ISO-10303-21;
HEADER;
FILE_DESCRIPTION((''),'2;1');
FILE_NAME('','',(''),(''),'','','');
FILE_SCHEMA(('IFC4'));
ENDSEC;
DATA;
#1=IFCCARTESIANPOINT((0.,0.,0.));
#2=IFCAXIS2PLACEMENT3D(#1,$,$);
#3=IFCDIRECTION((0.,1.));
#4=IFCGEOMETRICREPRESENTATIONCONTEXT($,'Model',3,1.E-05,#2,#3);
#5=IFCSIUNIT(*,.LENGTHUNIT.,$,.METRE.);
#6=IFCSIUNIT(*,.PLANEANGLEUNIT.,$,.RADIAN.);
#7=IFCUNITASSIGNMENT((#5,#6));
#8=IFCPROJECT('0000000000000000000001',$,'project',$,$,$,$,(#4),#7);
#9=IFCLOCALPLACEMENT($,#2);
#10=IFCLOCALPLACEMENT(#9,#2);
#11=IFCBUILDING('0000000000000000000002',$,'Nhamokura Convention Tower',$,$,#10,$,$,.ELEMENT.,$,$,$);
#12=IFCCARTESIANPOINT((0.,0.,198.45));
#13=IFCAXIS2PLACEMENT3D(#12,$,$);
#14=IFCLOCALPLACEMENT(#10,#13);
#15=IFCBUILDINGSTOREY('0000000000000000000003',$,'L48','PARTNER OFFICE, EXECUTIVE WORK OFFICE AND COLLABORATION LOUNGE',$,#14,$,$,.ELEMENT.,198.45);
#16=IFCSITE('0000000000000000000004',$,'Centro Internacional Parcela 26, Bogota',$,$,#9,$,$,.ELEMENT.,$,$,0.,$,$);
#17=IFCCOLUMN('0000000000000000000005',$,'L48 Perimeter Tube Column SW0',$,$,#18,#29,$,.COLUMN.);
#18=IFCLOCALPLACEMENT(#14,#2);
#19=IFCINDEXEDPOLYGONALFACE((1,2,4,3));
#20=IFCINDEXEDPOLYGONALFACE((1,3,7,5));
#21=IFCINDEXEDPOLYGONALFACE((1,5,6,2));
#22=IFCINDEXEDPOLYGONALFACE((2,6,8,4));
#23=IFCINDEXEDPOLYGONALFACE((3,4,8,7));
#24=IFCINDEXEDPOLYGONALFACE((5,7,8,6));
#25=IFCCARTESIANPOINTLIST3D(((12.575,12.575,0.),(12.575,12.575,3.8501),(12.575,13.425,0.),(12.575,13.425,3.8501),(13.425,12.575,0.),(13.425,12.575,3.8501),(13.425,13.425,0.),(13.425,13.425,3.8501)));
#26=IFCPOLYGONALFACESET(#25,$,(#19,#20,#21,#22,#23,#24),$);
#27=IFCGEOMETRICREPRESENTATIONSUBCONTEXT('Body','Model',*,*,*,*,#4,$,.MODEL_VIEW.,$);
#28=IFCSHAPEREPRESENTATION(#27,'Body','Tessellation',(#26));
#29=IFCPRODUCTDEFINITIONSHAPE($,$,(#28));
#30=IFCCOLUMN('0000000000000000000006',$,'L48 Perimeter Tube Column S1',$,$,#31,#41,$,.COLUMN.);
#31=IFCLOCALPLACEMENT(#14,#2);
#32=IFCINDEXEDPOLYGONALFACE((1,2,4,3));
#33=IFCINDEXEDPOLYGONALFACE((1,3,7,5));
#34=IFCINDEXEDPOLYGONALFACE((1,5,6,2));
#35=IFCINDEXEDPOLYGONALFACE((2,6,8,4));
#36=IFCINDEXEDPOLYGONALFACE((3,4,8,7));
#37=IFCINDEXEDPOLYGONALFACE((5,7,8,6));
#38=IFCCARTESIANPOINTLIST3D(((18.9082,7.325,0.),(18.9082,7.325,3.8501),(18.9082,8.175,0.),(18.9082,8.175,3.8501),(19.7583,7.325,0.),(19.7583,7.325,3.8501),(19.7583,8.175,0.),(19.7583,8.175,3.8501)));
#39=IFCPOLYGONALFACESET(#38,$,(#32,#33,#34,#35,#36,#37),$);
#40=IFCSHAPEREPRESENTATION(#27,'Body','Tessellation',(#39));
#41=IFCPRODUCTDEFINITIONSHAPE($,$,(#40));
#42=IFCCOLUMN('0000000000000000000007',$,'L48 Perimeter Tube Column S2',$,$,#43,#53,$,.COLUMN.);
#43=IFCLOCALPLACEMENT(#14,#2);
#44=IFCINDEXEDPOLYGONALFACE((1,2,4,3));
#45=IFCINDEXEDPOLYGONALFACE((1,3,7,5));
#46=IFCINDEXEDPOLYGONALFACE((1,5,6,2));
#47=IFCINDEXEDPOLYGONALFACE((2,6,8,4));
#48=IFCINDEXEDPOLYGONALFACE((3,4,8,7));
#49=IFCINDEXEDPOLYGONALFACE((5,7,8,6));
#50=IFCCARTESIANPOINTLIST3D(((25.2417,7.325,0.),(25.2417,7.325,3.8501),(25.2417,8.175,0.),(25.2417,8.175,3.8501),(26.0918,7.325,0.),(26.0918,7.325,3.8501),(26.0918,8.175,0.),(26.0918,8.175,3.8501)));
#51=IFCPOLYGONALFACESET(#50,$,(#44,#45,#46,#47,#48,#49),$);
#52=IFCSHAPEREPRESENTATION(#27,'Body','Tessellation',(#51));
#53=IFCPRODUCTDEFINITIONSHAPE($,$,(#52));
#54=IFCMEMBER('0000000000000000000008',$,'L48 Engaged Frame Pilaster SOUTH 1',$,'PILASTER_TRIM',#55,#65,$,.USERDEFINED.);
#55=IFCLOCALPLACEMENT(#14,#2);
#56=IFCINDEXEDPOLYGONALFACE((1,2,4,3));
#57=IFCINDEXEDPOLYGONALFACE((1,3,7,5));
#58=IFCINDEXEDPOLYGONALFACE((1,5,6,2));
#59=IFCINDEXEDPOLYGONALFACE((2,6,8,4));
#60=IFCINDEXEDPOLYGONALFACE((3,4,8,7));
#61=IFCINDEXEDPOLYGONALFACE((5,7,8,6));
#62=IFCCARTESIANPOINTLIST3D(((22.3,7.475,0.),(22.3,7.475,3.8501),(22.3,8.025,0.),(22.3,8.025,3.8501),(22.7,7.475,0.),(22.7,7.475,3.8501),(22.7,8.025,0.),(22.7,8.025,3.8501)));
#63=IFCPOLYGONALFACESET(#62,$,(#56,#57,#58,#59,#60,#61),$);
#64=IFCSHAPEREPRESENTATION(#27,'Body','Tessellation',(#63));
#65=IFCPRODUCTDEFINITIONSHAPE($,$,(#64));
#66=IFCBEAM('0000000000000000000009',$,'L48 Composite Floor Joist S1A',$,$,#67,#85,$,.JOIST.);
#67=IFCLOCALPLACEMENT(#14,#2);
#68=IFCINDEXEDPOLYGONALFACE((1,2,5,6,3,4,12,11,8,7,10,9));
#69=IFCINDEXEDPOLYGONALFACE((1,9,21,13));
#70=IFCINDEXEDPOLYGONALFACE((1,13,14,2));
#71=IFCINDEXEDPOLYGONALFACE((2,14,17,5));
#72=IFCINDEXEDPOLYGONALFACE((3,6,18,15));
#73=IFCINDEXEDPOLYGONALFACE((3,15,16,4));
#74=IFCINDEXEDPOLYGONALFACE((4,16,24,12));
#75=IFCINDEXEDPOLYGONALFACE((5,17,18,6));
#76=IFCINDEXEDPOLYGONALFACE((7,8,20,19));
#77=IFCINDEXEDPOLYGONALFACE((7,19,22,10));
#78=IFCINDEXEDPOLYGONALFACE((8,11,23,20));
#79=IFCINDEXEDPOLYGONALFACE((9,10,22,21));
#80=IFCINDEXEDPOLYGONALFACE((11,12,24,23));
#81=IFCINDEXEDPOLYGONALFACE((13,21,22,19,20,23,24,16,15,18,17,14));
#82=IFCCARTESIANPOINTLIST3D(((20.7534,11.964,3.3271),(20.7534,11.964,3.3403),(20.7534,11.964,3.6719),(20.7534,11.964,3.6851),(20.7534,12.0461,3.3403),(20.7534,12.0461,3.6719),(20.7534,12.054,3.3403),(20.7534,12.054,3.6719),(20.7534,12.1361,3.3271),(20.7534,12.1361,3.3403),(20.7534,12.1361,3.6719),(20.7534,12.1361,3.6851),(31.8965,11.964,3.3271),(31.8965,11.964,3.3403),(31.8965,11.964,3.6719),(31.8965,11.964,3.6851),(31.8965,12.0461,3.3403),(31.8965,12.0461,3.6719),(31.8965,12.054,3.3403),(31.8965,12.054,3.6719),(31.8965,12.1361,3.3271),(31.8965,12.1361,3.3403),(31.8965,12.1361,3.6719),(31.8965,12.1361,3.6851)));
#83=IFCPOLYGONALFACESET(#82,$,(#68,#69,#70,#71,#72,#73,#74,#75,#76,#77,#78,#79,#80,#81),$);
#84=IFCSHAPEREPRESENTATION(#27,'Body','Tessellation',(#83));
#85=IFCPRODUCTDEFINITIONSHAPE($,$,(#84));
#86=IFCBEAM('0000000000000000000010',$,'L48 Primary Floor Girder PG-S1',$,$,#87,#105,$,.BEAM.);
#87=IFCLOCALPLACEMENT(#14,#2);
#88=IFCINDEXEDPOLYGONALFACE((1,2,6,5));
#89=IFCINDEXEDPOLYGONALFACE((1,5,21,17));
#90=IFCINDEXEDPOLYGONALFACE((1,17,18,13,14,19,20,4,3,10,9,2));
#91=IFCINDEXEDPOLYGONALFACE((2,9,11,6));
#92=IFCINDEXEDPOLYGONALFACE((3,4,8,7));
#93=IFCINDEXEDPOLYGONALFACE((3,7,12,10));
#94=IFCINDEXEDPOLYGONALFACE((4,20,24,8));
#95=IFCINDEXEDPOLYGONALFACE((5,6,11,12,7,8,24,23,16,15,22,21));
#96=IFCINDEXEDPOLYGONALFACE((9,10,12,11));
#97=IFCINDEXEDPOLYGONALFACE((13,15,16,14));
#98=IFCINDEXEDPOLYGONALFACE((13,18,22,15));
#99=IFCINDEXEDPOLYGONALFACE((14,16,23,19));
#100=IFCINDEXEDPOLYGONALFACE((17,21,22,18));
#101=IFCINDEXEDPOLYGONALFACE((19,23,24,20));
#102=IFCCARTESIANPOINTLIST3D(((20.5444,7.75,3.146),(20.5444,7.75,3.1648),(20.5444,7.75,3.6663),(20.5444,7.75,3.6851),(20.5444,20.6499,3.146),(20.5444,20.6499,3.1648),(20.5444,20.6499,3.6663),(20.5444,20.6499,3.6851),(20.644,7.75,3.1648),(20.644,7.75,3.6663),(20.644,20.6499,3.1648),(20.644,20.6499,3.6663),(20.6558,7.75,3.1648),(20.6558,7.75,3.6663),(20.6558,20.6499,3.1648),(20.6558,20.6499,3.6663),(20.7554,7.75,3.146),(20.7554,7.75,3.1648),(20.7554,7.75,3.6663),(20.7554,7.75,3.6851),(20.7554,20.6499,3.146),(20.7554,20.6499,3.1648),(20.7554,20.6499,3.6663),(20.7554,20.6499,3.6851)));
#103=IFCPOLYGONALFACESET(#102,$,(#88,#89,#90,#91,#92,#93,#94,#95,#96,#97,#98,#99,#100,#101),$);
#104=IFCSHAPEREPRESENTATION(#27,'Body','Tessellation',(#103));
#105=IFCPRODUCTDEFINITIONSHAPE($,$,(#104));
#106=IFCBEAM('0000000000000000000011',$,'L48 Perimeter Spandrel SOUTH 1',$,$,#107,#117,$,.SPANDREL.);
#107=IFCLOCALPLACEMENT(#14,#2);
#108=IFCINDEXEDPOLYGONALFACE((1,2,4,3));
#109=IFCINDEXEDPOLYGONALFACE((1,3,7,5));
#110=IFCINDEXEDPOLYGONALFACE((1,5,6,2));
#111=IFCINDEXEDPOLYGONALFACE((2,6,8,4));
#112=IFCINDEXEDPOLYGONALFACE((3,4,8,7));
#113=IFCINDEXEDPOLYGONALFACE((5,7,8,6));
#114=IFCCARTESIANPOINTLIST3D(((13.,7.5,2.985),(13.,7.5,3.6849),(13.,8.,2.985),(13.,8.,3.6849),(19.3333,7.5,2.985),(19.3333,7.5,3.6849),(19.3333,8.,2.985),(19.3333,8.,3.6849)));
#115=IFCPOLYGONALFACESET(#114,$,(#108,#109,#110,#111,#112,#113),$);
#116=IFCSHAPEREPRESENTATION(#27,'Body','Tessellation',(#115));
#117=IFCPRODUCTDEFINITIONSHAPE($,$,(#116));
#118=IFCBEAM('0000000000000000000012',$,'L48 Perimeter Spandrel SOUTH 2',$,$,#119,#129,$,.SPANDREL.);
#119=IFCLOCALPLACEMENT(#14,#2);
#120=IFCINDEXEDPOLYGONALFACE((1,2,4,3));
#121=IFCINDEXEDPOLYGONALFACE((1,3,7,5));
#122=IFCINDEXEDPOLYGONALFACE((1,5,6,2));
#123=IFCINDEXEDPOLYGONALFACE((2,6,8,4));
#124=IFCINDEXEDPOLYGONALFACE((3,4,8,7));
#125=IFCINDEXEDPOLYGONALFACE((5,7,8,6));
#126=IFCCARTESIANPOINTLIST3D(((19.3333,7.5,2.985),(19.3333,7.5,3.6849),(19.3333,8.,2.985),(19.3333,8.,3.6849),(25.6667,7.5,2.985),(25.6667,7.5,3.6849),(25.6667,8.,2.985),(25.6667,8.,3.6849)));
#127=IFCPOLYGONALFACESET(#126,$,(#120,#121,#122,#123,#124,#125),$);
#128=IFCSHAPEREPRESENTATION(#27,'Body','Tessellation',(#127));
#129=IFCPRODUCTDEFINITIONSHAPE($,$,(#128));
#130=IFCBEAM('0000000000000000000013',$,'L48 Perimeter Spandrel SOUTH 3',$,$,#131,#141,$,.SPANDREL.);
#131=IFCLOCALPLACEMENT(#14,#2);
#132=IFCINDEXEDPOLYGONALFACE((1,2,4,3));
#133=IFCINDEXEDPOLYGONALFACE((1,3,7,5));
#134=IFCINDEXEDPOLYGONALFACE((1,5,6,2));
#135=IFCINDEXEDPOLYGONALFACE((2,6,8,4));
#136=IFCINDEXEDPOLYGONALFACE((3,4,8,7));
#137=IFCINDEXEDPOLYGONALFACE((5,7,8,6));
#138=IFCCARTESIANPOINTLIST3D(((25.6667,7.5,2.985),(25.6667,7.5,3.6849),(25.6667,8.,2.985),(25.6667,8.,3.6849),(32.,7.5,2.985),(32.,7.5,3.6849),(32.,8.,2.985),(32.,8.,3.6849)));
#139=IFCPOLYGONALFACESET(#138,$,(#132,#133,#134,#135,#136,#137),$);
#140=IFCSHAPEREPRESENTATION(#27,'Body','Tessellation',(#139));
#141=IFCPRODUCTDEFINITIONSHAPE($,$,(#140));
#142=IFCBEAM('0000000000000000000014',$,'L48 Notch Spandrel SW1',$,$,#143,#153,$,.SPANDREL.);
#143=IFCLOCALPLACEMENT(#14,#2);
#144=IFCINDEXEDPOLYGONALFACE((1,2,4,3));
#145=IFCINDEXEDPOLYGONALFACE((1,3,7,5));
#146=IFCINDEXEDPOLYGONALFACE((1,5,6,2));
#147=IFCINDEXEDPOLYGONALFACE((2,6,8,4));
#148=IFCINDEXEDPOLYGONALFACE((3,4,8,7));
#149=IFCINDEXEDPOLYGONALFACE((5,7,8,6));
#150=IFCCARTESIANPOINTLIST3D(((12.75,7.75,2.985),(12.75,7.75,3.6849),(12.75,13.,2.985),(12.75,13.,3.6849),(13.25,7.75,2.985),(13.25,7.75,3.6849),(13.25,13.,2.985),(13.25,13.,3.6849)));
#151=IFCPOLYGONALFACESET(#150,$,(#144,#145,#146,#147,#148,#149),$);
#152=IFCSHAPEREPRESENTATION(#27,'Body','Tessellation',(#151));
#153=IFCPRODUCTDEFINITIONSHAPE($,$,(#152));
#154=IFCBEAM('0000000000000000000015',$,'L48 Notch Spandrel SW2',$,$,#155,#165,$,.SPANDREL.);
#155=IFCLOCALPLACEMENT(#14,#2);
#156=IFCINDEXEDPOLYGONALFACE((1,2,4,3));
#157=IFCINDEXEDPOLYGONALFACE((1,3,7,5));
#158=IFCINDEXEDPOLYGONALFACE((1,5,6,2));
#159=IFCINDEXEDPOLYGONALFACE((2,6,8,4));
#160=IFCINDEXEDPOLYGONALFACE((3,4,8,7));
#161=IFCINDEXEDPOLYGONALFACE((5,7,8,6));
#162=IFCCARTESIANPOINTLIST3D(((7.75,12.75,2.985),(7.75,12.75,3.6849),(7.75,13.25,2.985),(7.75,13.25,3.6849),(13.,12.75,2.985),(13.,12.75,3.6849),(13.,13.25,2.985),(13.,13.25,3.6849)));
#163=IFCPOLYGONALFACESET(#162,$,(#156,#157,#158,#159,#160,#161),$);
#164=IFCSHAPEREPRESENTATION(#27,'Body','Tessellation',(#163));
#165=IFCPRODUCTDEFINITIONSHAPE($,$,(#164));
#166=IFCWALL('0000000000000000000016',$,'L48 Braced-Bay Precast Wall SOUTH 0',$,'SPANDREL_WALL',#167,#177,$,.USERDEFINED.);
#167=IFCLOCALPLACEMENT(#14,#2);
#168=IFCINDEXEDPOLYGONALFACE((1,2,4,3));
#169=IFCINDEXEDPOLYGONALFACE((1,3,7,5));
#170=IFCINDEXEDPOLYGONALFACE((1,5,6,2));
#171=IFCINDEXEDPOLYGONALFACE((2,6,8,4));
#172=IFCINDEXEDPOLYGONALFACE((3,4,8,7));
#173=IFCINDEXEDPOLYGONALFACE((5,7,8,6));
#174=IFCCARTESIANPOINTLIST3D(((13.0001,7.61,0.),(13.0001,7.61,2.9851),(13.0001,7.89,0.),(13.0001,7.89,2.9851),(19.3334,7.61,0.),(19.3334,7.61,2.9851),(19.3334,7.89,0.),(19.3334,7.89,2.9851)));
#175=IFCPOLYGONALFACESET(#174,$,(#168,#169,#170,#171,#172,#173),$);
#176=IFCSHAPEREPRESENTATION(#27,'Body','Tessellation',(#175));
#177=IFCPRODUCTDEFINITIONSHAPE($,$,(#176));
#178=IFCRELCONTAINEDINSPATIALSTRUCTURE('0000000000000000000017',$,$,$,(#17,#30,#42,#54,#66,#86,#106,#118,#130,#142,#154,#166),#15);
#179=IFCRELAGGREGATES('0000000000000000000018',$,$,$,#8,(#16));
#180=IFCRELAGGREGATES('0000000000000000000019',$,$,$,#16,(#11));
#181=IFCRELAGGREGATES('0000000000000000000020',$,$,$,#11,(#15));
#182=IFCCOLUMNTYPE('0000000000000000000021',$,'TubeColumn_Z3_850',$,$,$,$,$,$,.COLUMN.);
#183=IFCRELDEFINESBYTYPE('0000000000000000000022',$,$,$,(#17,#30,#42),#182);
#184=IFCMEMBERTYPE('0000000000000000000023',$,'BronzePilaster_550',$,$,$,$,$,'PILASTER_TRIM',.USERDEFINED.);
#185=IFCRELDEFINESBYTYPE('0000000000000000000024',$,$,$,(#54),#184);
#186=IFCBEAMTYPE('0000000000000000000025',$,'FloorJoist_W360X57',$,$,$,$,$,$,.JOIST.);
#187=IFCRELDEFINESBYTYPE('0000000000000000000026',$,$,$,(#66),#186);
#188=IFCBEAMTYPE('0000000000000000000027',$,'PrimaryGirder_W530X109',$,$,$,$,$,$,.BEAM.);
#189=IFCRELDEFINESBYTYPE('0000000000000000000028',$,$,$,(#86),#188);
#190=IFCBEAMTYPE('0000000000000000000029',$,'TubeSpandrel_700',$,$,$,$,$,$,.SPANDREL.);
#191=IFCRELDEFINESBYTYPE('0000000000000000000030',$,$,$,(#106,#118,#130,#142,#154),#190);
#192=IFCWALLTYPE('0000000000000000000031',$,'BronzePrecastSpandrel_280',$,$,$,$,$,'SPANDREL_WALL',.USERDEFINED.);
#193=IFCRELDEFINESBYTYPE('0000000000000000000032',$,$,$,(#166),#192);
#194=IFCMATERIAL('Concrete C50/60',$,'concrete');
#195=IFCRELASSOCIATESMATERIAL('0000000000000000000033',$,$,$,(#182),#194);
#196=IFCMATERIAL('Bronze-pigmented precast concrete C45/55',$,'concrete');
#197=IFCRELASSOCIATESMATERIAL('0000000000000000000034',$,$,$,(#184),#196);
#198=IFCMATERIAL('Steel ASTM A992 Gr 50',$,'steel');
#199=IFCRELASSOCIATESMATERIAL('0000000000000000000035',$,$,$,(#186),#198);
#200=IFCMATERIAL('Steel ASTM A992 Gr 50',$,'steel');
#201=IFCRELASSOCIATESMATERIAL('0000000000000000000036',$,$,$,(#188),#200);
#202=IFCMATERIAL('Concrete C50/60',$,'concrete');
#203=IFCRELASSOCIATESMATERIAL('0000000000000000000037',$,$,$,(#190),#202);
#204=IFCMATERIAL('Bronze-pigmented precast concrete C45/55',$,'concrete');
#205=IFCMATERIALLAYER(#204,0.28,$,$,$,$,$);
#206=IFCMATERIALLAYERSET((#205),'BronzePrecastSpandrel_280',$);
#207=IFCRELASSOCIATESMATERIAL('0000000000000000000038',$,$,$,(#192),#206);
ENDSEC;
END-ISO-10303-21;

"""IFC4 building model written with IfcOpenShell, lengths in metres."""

from ifc_helpers import new_model, si_unit, direction, frame, frame_2d, origin, origin_2d, place, context, subcontext, project, spatial, rectangle, i_section, extrude, material, layer, layer_set, material_profile, profile_set, type_object, element, save


model = new_model("IFC4")

# Units and contexts
model_context = context("Model", 3, precision=1e-05, world=origin(), true_north=direction((0.0, 1.0)))
body_context = subcontext(model_context, "Body", "Model", "MODEL_VIEW")
ifc_project = project(units=[si_unit("LENGTHUNIT", "METRE"), si_unit("PLANEANGLEUNIT", "RADIAN")], contexts=[model_context])

# Site, building, storey
site_placement = place(None, origin())
site = spatial("IfcSite", under=ifc_project, at=site_placement, Name="Centro Internacional Parcela 26, Bogota", CompositionType="ELEMENT", RefElevation=0.0)
building_placement = place(site_placement, origin())
building = spatial("IfcBuilding", under=site, at=building_placement, Name="Nhamokura Convention Tower", CompositionType="ELEMENT")
storey_placement = place(building_placement, frame((0.0, 0.0, 198.45)))
storey = spatial("IfcBuildingStorey", under=building, at=storey_placement, Name="L48", Description="PARTNER OFFICE, EXECUTIVE WORK OFFICE AND COLLABORATION LOUNGE", CompositionType="ELEMENT", Elevation=198.45)

# Columns
ifc_material_1 = material(Name="Concrete C50/60", Category="concrete")
ifc_material_profile_1 = material_profile(ifc_material_1, rectangle(XDim=0.8501, YDim=0.8501, at=origin_2d()))
ifc_profile_set_1 = profile_set([ifc_material_profile_1], Name="Concrete C50/60")
column_type = type_object("IfcColumnType", Name="TubeColumn_Z3_850", PredefinedType="COLUMN", material=ifc_profile_set_1)
for number, where, z_axis, x_axis, name in (
    (1, (13.0, 13.0, 0.0), (0.0, 0.0, 1.0), (1.0, 0.0, 0.0), "L48 Perimeter Tube Column SW0"),
    (2, (19.3333, 7.75, 0.0), (0.0, 0.0, 1.0), (1.0, 0.0, 0.0), "L48 Perimeter Tube Column S1"),
    (3, (25.6667, 7.75, 0.0), (0.0, 0.0, 1.0), (1.0, 0.0, 0.0), "L48 Perimeter Tube Column S2"),
):
    element("IfcColumn", number, at=place(storey_placement, frame(where, z_axis=z_axis, x_axis=x_axis)), inside=storey, type_object=column_type, Name=name, PredefinedType="COLUMN", context=body_context, shape_type="SweptSolid", body=[
        extrude(rectangle(XDim=0.8501, YDim=0.8501, at=origin_2d()), origin(), (0.0, 0.0, 1.0), 3.8501),
    ])

# Member
ifc_material_2 = material(Name="Bronze-pigmented precast concrete C45/55", Category="concrete")
ifc_material_profile_2 = material_profile(ifc_material_2, rectangle(XDim=0.3999, YDim=0.55, at=origin_2d()))
ifc_profile_set_2 = profile_set([ifc_material_profile_2], Name="Bronze-pigmented precast concrete C45/55")
member_type = type_object("IfcMemberType", Name="BronzePilaster_550", ElementType="PILASTER_TRIM", PredefinedType="USERDEFINED", material=ifc_profile_set_2)
member_placement = place(storey_placement, frame((22.5, 7.75, 0.0), z_axis=(0.0, 0.0, 1.0), x_axis=(1.0, 0.0, 0.0)))
element("IfcMember", 4, at=member_placement, inside=storey, type_object=member_type, Name="L48 Engaged Frame Pilaster SOUTH 1", ObjectType="PILASTER_TRIM", PredefinedType="USERDEFINED", context=body_context, shape_type="SweptSolid", body=[
    extrude(rectangle(XDim=0.3999, YDim=0.55, at=origin_2d()), origin(), (0.0, 0.0, 1.0), 3.8501),
])

# Beams
ifc_material_3 = material(Name="Steel ASTM A992 Gr 50", Category="steel")
ifc_material_profile_3 = material_profile(ifc_material_3, i_section(OverallWidth=0.1721, OverallDepth=0.3579, WebThickness=0.0078, FlangeThickness=0.0132, at=origin_2d()))
ifc_profile_set_3 = profile_set([ifc_material_profile_3], Name="Steel ASTM A992 Gr 50")
beam_type_1 = type_object("IfcBeamType", Name="FloorJoist_W360X57", PredefinedType="JOIST", material=ifc_profile_set_3)
beam_1_placement = place(storey_placement, frame((20.7534, 12.05, 3.5061), z_axis=(1.0, 0.0, 0.0), x_axis=(0.0, 1.0, 0.0)))
element("IfcBeam", 5, at=beam_1_placement, inside=storey, type_object=beam_type_1, Name="L48 Composite Floor Joist S1A", PredefinedType="JOIST", context=body_context, shape_type="SweptSolid", body=[
    extrude(i_section(OverallWidth=0.1721, OverallDepth=0.3579, WebThickness=0.0078, FlangeThickness=0.0132, at=origin_2d()), origin(), (0.0, 0.0, 1.0), 11.1431),
])
ifc_material_4 = material(Name="Steel ASTM A992 Gr 50", Category="steel")
ifc_material_profile_4 = material_profile(ifc_material_4, i_section(OverallWidth=0.2109, OverallDepth=0.5391, WebThickness=0.0117, FlangeThickness=0.0188, at=origin_2d()))
ifc_profile_set_4 = profile_set([ifc_material_profile_4], Name="Steel ASTM A992 Gr 50")
beam_type_2 = type_object("IfcBeamType", Name="PrimaryGirder_W530X109", PredefinedType="BEAM", material=ifc_profile_set_4)
beam_2_placement = place(storey_placement, frame((20.6499, 7.75, 3.4155), z_axis=(0.0, 1.0, 0.0), x_axis=(-1.0, 0.0, 0.0)))
element("IfcBeam", 6, at=beam_2_placement, inside=storey, type_object=beam_type_2, Name="L48 Primary Floor Girder PG-S1", PredefinedType="BEAM", context=body_context, shape_type="SweptSolid", body=[
    extrude(i_section(OverallWidth=0.2109, OverallDepth=0.5391, WebThickness=0.0117, FlangeThickness=0.0188, at=origin_2d()), origin(), (0.0, 0.0, 1.0), 12.8999),
])
ifc_material_5 = material(Name="Concrete C50/60", Category="concrete")
ifc_material_profile_5 = material_profile(ifc_material_5, rectangle(XDim=0.5, YDim=0.7, at=origin_2d()))
ifc_profile_set_5 = profile_set([ifc_material_profile_5], Name="Concrete C50/60")
beam_type_3 = type_object("IfcBeamType", Name="TubeSpandrel_700", PredefinedType="SPANDREL", material=ifc_profile_set_5)
beam_3_placement = place(storey_placement, frame((13.0, 7.75, 3.335), z_axis=(1.0, 0.0, 0.0), x_axis=(0.0, 1.0, 0.0)))
element("IfcBeam", 7, at=beam_3_placement, inside=storey, type_object=beam_type_3, Name="L48 Perimeter Spandrel SOUTH 1", PredefinedType="SPANDREL", context=body_context, shape_type="SweptSolid", body=[
    extrude(rectangle(XDim=0.5, YDim=0.7, at=origin_2d()), origin(), (0.0, 0.0, 1.0), 6.3333),
])
beam_4_placement = place(storey_placement, frame((19.3333, 7.75, 3.335), z_axis=(1.0, 0.0, 0.0), x_axis=(0.0, 1.0, 0.0)))
element("IfcBeam", 8, at=beam_4_placement, inside=storey, type_object=beam_type_3, Name="L48 Perimeter Spandrel SOUTH 2", PredefinedType="SPANDREL", context=body_context, shape_type="SweptSolid", body=[
    extrude(rectangle(XDim=0.5, YDim=0.7, at=origin_2d()), origin(), (0.0, 0.0, 1.0), 6.3335),
])
beam_5_placement = place(storey_placement, frame((25.6667, 7.75, 3.335), z_axis=(1.0, 0.0, 0.0), x_axis=(0.0, 1.0, 0.0)))
element("IfcBeam", 9, at=beam_5_placement, inside=storey, type_object=beam_type_3, Name="L48 Perimeter Spandrel SOUTH 3", PredefinedType="SPANDREL", context=body_context, shape_type="SweptSolid", body=[
    extrude(rectangle(XDim=0.5, YDim=0.7, at=origin_2d()), origin(), (0.0, 0.0, 1.0), 6.3333),
])
for number, where, z_axis, x_axis, name in (
    (10, (13.0, 7.75, 3.335), (0.0, 1.0, 0.0), (-1.0, 0.0, 0.0), "L48 Notch Spandrel SW1"),
    (11, (13.0, 13.0, 3.335), (-1.0, 0.0, 0.0), (0.0, -1.0, 0.0), "L48 Notch Spandrel SW2"),
):
    element("IfcBeam", number, at=place(storey_placement, frame(where, z_axis=z_axis, x_axis=x_axis)), inside=storey, type_object=beam_type_3, Name=name, PredefinedType="SPANDREL", context=body_context, shape_type="SweptSolid", body=[
        extrude(rectangle(XDim=0.5, YDim=0.7, at=origin_2d()), origin(), (0.0, 0.0, 1.0), 5.25),
    ])

# Wall
ifc_material_6 = material(Name="Bronze-pigmented precast concrete C45/55", Category="concrete")
ifc_layer_1 = layer(ifc_material_6, 0.28)
ifc_layer_set_1 = layer_set([ifc_layer_1], Name="BronzePrecastSpandrel_280")
wall_type_1 = type_object("IfcWallType", Name="BronzePrecastSpandrel_280", ElementType="SPANDREL_WALL", PredefinedType="USERDEFINED", material=ifc_layer_set_1)
wall_1_placement = place(storey_placement, frame((19.3333, 7.75, 0.0), z_axis=(0.0, 0.0, 1.0), x_axis=(-1.0, 0.0, 0.0)))
element("IfcWall", 12, at=wall_1_placement, inside=storey, type_object=wall_type_1, Name="L48 Braced-Bay Precast Wall SOUTH 0", ObjectType="SPANDREL_WALL", PredefinedType="USERDEFINED", context=body_context, shape_type="SweptSolid", body=[
    extrude(rectangle(XDim=6.3333, YDim=0.28, at=frame_2d((3.1665, 0.0))), origin(), (0.0, 0.0, 1.0), 2.9851),
])

save(model, "model.ifc")
